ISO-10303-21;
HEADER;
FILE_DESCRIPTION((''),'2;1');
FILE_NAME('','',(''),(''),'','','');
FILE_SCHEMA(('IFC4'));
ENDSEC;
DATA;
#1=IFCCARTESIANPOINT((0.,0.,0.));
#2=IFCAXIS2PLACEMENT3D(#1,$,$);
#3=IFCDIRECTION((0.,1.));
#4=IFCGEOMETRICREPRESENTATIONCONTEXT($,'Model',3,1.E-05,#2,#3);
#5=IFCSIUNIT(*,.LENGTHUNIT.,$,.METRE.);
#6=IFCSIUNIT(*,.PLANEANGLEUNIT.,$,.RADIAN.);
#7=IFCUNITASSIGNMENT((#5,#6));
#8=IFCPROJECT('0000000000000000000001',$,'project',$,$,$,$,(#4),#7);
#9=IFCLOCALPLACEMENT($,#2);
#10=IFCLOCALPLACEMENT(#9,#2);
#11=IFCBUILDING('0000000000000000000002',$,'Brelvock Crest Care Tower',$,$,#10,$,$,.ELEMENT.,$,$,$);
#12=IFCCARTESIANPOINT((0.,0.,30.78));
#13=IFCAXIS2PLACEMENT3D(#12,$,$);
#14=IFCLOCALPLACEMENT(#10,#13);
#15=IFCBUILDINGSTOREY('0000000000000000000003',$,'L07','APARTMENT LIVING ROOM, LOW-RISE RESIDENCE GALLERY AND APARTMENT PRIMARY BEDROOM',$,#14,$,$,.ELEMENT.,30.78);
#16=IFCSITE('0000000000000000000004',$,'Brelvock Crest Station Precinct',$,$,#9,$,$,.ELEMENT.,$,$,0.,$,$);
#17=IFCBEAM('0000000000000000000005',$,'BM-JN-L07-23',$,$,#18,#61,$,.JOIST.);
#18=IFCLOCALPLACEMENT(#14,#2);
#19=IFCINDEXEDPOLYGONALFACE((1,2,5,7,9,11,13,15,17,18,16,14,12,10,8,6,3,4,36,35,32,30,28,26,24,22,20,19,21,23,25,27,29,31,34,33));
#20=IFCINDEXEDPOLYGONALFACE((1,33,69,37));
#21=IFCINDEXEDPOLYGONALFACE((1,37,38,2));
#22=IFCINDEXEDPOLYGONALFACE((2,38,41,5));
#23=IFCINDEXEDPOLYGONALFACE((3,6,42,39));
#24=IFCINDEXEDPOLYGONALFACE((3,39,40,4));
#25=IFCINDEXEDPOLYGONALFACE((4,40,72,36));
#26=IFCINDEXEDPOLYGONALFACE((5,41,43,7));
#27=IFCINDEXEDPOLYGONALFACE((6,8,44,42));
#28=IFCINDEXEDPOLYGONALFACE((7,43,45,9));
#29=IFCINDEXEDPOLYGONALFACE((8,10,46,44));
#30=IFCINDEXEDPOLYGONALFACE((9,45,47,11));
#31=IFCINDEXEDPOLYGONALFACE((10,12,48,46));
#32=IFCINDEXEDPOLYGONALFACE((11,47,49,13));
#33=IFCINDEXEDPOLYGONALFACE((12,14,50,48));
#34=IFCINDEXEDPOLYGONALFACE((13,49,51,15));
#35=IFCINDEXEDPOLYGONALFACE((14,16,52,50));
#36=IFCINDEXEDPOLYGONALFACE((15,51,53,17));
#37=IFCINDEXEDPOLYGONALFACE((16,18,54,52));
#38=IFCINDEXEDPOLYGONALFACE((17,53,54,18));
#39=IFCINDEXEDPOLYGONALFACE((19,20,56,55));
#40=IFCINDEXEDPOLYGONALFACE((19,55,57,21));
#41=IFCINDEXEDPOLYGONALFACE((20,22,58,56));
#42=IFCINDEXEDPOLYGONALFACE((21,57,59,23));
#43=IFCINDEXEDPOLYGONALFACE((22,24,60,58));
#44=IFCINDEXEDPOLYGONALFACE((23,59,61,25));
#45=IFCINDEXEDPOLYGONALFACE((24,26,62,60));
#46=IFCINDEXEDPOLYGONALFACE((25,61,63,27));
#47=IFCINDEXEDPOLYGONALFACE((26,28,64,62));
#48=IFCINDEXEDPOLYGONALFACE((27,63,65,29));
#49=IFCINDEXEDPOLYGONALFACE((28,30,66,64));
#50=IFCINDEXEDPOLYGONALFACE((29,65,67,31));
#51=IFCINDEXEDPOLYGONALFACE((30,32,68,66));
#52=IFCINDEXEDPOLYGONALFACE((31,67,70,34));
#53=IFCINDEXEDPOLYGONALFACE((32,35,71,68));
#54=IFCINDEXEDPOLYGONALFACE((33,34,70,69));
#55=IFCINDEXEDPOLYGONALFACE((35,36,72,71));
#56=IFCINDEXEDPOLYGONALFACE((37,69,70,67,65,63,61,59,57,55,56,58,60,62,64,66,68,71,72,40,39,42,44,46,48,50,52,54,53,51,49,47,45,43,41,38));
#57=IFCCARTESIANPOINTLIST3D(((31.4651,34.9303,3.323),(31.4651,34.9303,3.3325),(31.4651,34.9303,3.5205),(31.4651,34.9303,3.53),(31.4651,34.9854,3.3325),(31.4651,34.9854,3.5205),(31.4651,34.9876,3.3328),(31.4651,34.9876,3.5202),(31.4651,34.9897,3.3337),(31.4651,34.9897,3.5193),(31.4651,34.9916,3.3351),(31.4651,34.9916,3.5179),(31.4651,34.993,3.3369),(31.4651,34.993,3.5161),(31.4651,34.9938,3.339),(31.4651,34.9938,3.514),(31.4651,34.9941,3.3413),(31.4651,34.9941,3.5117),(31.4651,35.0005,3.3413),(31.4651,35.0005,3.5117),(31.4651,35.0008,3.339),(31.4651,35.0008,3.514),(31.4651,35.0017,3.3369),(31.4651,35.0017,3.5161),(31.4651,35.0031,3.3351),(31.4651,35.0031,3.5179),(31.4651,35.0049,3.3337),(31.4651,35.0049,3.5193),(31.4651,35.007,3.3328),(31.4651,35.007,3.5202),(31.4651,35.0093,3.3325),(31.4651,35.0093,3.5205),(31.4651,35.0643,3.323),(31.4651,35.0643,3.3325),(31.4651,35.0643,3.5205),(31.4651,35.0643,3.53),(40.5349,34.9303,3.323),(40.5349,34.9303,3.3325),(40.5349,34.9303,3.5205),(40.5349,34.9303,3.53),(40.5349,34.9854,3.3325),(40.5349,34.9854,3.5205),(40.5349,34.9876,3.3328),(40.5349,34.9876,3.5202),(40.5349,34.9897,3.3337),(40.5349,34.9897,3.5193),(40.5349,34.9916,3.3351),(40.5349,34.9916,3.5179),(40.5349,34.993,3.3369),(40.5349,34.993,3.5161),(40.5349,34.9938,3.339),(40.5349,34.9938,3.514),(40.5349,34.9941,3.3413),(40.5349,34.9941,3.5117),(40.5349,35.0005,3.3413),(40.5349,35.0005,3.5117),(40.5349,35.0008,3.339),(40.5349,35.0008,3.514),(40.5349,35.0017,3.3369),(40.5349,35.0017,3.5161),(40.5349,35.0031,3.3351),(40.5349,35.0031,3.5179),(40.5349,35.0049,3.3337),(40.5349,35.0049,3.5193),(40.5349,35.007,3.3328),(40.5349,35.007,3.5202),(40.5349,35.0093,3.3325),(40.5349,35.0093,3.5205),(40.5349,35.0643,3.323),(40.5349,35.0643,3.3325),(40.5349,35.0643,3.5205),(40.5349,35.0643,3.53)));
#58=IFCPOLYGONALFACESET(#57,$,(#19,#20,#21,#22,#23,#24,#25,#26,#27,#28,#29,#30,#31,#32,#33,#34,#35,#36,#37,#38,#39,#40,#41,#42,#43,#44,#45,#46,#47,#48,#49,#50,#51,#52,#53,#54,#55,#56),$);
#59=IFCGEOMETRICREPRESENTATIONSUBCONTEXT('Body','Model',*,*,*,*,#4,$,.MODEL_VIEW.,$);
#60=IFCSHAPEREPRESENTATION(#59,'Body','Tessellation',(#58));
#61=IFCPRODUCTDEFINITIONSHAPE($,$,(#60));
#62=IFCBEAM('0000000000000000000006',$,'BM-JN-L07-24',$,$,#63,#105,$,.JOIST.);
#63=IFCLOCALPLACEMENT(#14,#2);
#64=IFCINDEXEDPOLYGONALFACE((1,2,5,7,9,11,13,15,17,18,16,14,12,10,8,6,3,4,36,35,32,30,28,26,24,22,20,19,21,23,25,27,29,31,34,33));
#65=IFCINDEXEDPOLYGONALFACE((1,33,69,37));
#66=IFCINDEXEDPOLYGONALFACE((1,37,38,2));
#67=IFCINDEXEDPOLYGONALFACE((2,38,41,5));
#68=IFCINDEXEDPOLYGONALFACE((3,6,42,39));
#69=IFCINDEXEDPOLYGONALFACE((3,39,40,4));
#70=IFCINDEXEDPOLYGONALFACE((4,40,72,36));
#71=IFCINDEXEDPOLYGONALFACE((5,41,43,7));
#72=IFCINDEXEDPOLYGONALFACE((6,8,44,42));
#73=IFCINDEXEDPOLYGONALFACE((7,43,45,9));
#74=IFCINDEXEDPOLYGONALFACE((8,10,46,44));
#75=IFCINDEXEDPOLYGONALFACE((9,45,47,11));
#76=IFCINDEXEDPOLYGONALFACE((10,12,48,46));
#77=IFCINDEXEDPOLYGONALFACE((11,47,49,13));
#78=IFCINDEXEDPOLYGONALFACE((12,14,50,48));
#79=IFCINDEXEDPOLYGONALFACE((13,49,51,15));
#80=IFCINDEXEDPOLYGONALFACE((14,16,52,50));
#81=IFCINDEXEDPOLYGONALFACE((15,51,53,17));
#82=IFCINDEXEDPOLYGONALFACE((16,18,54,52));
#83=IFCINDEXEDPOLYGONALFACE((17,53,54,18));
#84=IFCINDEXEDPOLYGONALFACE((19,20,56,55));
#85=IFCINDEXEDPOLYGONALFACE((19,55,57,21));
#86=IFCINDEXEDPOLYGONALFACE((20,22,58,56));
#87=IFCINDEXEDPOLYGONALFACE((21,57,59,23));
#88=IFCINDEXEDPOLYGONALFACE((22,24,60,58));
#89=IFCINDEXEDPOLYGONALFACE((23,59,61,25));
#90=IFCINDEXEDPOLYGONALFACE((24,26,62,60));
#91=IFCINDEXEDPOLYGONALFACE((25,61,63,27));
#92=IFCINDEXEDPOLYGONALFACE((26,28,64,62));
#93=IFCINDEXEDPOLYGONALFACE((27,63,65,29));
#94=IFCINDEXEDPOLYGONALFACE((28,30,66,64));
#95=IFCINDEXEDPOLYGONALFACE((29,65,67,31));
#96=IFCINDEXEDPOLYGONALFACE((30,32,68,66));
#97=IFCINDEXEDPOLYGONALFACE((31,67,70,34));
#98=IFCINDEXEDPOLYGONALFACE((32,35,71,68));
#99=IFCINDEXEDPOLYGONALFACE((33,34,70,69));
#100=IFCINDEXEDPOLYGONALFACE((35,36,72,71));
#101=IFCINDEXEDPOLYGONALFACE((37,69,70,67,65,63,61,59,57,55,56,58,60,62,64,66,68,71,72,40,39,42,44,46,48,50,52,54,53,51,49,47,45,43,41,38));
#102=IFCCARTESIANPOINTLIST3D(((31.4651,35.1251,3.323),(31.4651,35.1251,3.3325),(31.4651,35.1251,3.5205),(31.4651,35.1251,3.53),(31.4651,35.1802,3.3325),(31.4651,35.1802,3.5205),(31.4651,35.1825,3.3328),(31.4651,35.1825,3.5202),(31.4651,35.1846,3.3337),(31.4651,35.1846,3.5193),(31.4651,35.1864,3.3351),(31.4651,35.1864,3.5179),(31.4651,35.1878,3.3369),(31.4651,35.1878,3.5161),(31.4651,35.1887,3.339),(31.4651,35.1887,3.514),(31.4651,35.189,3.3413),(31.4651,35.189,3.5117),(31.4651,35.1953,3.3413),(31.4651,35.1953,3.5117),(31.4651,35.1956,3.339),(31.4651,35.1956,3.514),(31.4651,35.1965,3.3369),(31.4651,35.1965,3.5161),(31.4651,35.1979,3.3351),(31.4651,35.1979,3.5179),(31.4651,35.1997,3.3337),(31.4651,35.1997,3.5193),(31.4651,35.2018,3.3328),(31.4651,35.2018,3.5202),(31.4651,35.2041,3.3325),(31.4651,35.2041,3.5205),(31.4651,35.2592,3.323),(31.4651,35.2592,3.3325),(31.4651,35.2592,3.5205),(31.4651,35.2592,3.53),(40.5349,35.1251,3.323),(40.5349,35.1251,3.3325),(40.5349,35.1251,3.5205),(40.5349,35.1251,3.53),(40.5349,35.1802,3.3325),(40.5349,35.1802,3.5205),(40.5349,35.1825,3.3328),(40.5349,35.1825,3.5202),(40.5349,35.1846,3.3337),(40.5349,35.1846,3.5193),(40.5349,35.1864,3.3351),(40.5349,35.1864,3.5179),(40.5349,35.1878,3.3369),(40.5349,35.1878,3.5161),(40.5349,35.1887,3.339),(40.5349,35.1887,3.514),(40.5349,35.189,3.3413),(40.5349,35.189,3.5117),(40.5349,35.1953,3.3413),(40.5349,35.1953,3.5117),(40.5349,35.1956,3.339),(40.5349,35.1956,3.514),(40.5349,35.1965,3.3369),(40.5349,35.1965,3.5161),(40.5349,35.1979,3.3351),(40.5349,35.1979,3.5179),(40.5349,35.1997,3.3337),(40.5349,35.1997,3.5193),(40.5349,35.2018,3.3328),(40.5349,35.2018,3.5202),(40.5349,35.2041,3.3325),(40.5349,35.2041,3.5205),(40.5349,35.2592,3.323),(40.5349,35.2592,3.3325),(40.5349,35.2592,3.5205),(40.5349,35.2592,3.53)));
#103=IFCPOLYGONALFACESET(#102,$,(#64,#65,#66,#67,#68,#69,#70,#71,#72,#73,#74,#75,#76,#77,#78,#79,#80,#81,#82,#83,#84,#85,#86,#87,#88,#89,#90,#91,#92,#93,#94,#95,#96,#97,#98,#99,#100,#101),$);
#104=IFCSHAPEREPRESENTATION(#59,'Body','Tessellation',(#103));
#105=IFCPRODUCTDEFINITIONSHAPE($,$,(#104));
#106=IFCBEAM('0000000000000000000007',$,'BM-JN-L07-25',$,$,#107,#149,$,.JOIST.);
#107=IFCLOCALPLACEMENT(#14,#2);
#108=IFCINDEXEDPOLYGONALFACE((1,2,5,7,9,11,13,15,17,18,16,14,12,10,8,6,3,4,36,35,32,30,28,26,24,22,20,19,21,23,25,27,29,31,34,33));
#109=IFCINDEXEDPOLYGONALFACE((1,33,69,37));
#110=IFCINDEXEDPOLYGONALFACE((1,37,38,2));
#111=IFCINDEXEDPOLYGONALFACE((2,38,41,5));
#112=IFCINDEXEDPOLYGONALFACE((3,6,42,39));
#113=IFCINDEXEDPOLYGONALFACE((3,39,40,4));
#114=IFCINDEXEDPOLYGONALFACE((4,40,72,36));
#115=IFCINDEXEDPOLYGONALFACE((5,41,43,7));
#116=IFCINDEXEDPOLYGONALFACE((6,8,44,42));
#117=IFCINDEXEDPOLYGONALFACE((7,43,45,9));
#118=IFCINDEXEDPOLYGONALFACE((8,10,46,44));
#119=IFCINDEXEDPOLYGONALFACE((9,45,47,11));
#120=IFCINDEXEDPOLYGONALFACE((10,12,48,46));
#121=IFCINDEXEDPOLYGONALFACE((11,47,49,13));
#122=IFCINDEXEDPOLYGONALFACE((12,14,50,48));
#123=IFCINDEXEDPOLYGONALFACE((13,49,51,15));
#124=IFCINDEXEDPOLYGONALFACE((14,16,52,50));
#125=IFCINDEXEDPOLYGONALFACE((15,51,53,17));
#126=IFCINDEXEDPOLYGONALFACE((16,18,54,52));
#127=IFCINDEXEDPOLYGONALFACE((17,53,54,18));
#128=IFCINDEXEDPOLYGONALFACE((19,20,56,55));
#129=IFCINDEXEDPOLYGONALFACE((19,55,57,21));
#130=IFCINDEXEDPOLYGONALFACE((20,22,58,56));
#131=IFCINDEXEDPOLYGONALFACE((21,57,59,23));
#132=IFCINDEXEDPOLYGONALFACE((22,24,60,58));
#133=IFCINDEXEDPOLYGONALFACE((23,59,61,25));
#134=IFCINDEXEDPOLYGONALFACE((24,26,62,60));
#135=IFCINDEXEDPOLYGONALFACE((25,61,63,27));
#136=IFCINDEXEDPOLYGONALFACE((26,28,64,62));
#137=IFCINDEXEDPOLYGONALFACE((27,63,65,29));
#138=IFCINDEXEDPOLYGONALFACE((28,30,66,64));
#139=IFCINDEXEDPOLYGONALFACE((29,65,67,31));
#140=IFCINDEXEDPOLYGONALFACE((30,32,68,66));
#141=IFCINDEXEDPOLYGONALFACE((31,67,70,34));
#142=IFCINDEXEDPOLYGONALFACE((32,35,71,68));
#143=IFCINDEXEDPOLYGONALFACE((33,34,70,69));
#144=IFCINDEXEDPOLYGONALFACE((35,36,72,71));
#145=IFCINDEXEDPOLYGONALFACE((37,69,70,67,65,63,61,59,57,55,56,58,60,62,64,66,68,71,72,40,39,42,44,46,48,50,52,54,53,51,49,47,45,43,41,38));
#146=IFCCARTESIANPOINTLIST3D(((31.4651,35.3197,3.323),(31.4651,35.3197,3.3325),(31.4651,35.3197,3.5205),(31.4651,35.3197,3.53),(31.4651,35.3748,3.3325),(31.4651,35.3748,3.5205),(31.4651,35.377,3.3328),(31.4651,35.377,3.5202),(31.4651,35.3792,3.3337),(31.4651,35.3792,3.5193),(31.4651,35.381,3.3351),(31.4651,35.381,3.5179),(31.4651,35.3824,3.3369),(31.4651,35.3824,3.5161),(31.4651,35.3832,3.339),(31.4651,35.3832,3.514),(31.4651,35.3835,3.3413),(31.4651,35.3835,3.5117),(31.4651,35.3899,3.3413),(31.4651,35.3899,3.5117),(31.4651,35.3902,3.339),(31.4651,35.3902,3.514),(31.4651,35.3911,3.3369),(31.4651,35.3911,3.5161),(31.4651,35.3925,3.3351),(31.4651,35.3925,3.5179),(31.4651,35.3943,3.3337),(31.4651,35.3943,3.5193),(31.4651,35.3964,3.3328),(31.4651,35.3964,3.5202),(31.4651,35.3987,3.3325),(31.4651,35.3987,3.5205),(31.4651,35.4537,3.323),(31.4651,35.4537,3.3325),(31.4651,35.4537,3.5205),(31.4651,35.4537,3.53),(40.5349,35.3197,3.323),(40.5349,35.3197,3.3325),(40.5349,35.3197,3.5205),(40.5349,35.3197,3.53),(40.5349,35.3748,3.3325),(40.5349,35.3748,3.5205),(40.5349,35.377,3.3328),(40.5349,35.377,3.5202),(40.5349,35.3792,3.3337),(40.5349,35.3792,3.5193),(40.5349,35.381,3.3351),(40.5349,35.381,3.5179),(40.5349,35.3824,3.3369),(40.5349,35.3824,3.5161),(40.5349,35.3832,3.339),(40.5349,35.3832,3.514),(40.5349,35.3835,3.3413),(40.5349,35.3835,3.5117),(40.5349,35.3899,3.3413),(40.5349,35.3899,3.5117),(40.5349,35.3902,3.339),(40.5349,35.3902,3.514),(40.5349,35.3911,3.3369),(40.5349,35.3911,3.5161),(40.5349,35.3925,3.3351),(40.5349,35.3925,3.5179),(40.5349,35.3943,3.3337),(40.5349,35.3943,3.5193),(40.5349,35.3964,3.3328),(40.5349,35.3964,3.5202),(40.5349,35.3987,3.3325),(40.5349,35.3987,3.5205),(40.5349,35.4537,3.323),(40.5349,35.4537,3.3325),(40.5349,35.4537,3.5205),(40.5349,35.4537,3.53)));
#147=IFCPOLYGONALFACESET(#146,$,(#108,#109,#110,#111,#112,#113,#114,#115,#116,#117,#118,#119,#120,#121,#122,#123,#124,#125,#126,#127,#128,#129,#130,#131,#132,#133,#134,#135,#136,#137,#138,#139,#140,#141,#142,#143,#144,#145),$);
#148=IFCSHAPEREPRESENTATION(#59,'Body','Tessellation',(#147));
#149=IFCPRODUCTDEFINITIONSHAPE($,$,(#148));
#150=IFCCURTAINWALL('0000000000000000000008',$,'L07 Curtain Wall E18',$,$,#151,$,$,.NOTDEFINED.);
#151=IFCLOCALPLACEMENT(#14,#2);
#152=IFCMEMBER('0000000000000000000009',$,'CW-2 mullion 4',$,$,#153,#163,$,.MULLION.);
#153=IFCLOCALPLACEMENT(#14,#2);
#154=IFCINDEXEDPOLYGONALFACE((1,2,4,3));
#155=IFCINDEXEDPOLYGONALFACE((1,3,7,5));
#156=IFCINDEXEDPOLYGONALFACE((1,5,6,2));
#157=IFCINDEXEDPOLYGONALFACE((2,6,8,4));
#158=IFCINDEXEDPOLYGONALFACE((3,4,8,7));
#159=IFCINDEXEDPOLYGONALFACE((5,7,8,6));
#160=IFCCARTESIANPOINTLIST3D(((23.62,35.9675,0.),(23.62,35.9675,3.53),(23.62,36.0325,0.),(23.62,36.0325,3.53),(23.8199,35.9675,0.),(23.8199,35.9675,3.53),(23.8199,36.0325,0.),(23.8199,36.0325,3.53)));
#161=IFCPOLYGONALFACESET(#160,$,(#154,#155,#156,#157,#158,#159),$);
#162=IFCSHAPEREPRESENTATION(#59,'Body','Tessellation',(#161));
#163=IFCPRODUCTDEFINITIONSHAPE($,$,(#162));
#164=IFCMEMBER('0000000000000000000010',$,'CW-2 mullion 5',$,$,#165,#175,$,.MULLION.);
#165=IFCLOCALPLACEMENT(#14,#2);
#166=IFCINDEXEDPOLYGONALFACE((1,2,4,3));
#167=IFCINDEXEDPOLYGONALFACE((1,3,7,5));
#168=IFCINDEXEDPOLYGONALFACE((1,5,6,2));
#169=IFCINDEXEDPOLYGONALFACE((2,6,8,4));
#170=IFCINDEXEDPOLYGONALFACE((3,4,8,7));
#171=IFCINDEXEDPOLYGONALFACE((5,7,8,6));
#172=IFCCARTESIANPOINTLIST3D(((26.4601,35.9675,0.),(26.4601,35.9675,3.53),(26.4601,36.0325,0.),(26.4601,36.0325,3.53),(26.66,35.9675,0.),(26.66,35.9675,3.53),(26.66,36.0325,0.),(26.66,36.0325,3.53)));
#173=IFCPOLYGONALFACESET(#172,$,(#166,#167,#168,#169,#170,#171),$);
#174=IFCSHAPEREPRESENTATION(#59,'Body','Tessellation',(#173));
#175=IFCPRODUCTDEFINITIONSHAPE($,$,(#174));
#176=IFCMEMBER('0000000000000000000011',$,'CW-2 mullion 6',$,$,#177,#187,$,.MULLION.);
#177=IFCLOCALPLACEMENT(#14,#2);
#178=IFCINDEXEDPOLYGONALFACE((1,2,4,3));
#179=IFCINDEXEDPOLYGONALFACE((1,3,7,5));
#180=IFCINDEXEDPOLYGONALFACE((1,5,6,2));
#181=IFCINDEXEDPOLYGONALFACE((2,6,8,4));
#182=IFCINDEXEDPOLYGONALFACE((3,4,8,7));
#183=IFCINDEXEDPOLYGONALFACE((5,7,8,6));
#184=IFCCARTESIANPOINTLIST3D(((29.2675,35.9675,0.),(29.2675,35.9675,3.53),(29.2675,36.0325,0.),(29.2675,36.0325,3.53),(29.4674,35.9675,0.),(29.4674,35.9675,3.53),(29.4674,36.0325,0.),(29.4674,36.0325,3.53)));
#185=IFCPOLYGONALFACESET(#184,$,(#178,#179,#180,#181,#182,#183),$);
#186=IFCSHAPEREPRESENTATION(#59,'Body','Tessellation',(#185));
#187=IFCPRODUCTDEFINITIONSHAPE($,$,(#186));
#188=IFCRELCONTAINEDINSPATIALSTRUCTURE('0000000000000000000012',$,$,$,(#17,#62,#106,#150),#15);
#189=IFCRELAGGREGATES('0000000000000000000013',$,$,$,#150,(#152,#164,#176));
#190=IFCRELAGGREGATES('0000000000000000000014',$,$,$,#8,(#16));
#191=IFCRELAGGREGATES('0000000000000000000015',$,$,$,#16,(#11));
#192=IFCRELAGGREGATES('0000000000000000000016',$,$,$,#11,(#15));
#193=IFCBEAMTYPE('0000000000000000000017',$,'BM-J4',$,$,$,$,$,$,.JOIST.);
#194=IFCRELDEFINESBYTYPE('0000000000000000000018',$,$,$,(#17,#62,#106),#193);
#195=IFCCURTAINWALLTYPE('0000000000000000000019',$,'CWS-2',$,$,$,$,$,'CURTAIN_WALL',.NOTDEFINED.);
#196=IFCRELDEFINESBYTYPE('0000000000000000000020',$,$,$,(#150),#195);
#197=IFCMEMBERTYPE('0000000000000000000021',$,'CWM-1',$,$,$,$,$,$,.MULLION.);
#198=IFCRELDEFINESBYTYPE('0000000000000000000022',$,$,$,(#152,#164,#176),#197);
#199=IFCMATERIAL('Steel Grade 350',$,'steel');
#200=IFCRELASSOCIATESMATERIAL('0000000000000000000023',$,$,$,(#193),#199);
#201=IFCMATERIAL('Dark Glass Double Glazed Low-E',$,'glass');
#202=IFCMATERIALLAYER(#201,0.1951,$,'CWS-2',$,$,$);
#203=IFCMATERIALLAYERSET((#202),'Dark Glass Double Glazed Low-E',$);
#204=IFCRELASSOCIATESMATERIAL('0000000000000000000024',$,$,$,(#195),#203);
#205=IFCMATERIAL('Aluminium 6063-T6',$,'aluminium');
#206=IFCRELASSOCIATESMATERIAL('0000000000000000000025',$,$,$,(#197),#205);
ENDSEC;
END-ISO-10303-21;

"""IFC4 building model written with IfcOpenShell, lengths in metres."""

from ifc_helpers import new_model, si_unit, direction, frame, origin, origin_2d, place, context, subcontext, project, spatial, rectangle, i_section, extrude, source, transform, mapped, material, layer, layer_set, material_profile, profile_set, type_object, element, aggregate, save


model = new_model("IFC4")

# Units and contexts
model_context = context("Model", 3, precision=1e-05, world=origin(), true_north=direction((0.0, 1.0)))
body_context = subcontext(model_context, "Body", "Model", "MODEL_VIEW")
ifc_project = project(units=[si_unit("LENGTHUNIT", "METRE"), si_unit("PLANEANGLEUNIT", "RADIAN")], contexts=[model_context])

# Site, building, storey
site_placement = place(None, origin())
site = spatial("IfcSite", under=ifc_project, at=site_placement, Name="Brelvock Crest Station Precinct", CompositionType="ELEMENT", RefElevation=0.0)
building_placement = place(site_placement, origin())
building = spatial("IfcBuilding", under=site, at=building_placement, Name="Brelvock Crest Care Tower", CompositionType="ELEMENT")
storey_placement = place(building_placement, frame((0.0, 0.0, 30.78)))
storey = spatial("IfcBuildingStorey", under=building, at=storey_placement, Name="L07", Description="APARTMENT LIVING ROOM, LOW-RISE RESIDENCE GALLERY AND APARTMENT PRIMARY BEDROOM", CompositionType="ELEMENT", Elevation=30.78)

# Shared definitions
ifc_material_1 = material(Name="Steel Grade 350", Category="steel")

# Beams
ifc_material_profile_1 = material_profile(ifc_material_1, i_section(OverallWidth=0.134, OverallDepth=0.207, WebThickness=0.0063, FlangeThickness=0.0095, FilletRadius=0.0088, at=origin_2d()), Name="200UB29.8")
ifc_profile_set_1 = profile_set([ifc_material_profile_1], Name="Steel Grade 350")
beam_type_1 = type_object("IfcBeamType", Name="BM-J4", PredefinedType="JOIST", material=ifc_profile_set_1)
shared_shape_1 = source(origin(), body_context, "Body", "SweptSolid", [
    extrude(i_section(OverallWidth=0.134, OverallDepth=0.207, WebThickness=0.0063, FlangeThickness=0.0095, FilletRadius=0.0088, at=origin_2d()), origin(), (0.0, 0.0, 1.0), 9.0698),
])
for number, where, z_axis, x_axis, name in (
    (1, (31.4651, 34.9973, 3.4265), (1.0, 0.0, 0.0), (0.0, 1.0, 0.0), "BM-JN-L07-23"),
    (2, (31.4651, 35.1921, 3.4265), (1.0, 0.0, 0.0), (0.0, 1.0, 0.0), "BM-JN-L07-24"),
    (3, (31.4651, 35.3867, 3.4265), (1.0, 0.0, 0.0), (0.0, 1.0, 0.0), "BM-JN-L07-25"),
):
    element("IfcBeam", number, at=place(storey_placement, frame(where, z_axis=z_axis, x_axis=x_axis)), inside=storey, type_object=beam_type_1, Name=name, PredefinedType="JOIST", context=body_context, shape_type="MappedRepresentation", body=[
        mapped(shared_shape_1, transform((0.0, 0.0, 0.0), x_axis=(1.0, 0.0, 0.0), y_axis=(0.0, 1.0, 0.0), z_axis=(0.0, 0.0, 1.0), scale=1.0)),
    ])

# Curtain wall, members
ifc_material_2 = material(Name="Dark Glass Double Glazed Low-E", Category="glass")
ifc_layer_1 = layer(ifc_material_2, 0.1951, Name="CWS-2")
ifc_layer_set_1 = layer_set([ifc_layer_1], Name="Dark Glass Double Glazed Low-E")
curtain_wall_type = type_object("IfcCurtainWallType", Name="CWS-2", ElementType="CURTAIN_WALL", PredefinedType="NOTDEFINED", material=ifc_layer_set_1)
curtain_wall_placement = place(storey_placement, origin())
curtain_wall = element("IfcCurtainWall", 4, at=curtain_wall_placement, inside=storey, type_object=curtain_wall_type, Name="L07 Curtain Wall E18", PredefinedType="NOTDEFINED")
ifc_material_3 = material(Name="Aluminium 6063-T6", Category="aluminium")
ifc_material_profile_2 = material_profile(ifc_material_3, rectangle(XDim=0.0649, YDim=0.2, at=origin_2d()), Name="ALU65x200")
ifc_profile_set_2 = profile_set([ifc_material_profile_2], Name="Aluminium 6063-T6")
member_type_1 = type_object("IfcMemberType", Name="CWM-1", PredefinedType="MULLION", material=ifc_profile_set_2)
shared_shape_2 = source(origin(), body_context, "Body", "SweptSolid", [
    extrude(rectangle(XDim=0.0649, YDim=0.2, at=origin_2d()), origin(), (0.0, 0.0, 1.0), 3.53),
])
member_1_placement = place(storey_placement, frame((23.72, 36.0, 0.0), z_axis=(0.0, 0.0, 1.0), x_axis=(0.0, 1.0, 0.0)))
member_1 = element("IfcMember", 5, at=member_1_placement, type_object=member_type_1, Name="CW-2 mullion 4", PredefinedType="MULLION", context=body_context, shape_type="MappedRepresentation", body=[
    mapped(shared_shape_2, transform((0.0, 0.0, 0.0), x_axis=(1.0, 0.0, 0.0), y_axis=(0.0, 1.0, 0.0), z_axis=(0.0, 0.0, 1.0), scale=1.0)),
])
member_2_placement = place(storey_placement, frame((26.5601, 36.0, 0.0), z_axis=(0.0, 0.0, 1.0), x_axis=(0.0, 1.0, 0.0)))
member_2 = element("IfcMember", 6, at=member_2_placement, type_object=member_type_1, Name="CW-2 mullion 5", PredefinedType="MULLION", context=body_context, shape_type="MappedRepresentation", body=[
    mapped(shared_shape_2, transform((0.0, 0.0, 0.0), x_axis=(1.0, 0.0, 0.0), y_axis=(0.0, 1.0, 0.0), z_axis=(0.0, 0.0, 1.0), scale=1.0)),
])
member_3_placement = place(storey_placement, frame((29.3674, 36.0, 0.0), z_axis=(0.0, 0.0, 1.0), x_axis=(0.0, 1.0, 0.0)))
member_3 = element("IfcMember", 7, at=member_3_placement, type_object=member_type_1, Name="CW-2 mullion 6", PredefinedType="MULLION", context=body_context, shape_type="MappedRepresentation", body=[
    mapped(shared_shape_2, transform((0.0, 0.0, 0.0), x_axis=(1.0, 0.0, 0.0), y_axis=(0.0, 1.0, 0.0), z_axis=(0.0, 0.0, 1.0), scale=1.0)),
])
aggregate(curtain_wall, [member_1, member_2, member_3])

save(model, "model.ifc")
